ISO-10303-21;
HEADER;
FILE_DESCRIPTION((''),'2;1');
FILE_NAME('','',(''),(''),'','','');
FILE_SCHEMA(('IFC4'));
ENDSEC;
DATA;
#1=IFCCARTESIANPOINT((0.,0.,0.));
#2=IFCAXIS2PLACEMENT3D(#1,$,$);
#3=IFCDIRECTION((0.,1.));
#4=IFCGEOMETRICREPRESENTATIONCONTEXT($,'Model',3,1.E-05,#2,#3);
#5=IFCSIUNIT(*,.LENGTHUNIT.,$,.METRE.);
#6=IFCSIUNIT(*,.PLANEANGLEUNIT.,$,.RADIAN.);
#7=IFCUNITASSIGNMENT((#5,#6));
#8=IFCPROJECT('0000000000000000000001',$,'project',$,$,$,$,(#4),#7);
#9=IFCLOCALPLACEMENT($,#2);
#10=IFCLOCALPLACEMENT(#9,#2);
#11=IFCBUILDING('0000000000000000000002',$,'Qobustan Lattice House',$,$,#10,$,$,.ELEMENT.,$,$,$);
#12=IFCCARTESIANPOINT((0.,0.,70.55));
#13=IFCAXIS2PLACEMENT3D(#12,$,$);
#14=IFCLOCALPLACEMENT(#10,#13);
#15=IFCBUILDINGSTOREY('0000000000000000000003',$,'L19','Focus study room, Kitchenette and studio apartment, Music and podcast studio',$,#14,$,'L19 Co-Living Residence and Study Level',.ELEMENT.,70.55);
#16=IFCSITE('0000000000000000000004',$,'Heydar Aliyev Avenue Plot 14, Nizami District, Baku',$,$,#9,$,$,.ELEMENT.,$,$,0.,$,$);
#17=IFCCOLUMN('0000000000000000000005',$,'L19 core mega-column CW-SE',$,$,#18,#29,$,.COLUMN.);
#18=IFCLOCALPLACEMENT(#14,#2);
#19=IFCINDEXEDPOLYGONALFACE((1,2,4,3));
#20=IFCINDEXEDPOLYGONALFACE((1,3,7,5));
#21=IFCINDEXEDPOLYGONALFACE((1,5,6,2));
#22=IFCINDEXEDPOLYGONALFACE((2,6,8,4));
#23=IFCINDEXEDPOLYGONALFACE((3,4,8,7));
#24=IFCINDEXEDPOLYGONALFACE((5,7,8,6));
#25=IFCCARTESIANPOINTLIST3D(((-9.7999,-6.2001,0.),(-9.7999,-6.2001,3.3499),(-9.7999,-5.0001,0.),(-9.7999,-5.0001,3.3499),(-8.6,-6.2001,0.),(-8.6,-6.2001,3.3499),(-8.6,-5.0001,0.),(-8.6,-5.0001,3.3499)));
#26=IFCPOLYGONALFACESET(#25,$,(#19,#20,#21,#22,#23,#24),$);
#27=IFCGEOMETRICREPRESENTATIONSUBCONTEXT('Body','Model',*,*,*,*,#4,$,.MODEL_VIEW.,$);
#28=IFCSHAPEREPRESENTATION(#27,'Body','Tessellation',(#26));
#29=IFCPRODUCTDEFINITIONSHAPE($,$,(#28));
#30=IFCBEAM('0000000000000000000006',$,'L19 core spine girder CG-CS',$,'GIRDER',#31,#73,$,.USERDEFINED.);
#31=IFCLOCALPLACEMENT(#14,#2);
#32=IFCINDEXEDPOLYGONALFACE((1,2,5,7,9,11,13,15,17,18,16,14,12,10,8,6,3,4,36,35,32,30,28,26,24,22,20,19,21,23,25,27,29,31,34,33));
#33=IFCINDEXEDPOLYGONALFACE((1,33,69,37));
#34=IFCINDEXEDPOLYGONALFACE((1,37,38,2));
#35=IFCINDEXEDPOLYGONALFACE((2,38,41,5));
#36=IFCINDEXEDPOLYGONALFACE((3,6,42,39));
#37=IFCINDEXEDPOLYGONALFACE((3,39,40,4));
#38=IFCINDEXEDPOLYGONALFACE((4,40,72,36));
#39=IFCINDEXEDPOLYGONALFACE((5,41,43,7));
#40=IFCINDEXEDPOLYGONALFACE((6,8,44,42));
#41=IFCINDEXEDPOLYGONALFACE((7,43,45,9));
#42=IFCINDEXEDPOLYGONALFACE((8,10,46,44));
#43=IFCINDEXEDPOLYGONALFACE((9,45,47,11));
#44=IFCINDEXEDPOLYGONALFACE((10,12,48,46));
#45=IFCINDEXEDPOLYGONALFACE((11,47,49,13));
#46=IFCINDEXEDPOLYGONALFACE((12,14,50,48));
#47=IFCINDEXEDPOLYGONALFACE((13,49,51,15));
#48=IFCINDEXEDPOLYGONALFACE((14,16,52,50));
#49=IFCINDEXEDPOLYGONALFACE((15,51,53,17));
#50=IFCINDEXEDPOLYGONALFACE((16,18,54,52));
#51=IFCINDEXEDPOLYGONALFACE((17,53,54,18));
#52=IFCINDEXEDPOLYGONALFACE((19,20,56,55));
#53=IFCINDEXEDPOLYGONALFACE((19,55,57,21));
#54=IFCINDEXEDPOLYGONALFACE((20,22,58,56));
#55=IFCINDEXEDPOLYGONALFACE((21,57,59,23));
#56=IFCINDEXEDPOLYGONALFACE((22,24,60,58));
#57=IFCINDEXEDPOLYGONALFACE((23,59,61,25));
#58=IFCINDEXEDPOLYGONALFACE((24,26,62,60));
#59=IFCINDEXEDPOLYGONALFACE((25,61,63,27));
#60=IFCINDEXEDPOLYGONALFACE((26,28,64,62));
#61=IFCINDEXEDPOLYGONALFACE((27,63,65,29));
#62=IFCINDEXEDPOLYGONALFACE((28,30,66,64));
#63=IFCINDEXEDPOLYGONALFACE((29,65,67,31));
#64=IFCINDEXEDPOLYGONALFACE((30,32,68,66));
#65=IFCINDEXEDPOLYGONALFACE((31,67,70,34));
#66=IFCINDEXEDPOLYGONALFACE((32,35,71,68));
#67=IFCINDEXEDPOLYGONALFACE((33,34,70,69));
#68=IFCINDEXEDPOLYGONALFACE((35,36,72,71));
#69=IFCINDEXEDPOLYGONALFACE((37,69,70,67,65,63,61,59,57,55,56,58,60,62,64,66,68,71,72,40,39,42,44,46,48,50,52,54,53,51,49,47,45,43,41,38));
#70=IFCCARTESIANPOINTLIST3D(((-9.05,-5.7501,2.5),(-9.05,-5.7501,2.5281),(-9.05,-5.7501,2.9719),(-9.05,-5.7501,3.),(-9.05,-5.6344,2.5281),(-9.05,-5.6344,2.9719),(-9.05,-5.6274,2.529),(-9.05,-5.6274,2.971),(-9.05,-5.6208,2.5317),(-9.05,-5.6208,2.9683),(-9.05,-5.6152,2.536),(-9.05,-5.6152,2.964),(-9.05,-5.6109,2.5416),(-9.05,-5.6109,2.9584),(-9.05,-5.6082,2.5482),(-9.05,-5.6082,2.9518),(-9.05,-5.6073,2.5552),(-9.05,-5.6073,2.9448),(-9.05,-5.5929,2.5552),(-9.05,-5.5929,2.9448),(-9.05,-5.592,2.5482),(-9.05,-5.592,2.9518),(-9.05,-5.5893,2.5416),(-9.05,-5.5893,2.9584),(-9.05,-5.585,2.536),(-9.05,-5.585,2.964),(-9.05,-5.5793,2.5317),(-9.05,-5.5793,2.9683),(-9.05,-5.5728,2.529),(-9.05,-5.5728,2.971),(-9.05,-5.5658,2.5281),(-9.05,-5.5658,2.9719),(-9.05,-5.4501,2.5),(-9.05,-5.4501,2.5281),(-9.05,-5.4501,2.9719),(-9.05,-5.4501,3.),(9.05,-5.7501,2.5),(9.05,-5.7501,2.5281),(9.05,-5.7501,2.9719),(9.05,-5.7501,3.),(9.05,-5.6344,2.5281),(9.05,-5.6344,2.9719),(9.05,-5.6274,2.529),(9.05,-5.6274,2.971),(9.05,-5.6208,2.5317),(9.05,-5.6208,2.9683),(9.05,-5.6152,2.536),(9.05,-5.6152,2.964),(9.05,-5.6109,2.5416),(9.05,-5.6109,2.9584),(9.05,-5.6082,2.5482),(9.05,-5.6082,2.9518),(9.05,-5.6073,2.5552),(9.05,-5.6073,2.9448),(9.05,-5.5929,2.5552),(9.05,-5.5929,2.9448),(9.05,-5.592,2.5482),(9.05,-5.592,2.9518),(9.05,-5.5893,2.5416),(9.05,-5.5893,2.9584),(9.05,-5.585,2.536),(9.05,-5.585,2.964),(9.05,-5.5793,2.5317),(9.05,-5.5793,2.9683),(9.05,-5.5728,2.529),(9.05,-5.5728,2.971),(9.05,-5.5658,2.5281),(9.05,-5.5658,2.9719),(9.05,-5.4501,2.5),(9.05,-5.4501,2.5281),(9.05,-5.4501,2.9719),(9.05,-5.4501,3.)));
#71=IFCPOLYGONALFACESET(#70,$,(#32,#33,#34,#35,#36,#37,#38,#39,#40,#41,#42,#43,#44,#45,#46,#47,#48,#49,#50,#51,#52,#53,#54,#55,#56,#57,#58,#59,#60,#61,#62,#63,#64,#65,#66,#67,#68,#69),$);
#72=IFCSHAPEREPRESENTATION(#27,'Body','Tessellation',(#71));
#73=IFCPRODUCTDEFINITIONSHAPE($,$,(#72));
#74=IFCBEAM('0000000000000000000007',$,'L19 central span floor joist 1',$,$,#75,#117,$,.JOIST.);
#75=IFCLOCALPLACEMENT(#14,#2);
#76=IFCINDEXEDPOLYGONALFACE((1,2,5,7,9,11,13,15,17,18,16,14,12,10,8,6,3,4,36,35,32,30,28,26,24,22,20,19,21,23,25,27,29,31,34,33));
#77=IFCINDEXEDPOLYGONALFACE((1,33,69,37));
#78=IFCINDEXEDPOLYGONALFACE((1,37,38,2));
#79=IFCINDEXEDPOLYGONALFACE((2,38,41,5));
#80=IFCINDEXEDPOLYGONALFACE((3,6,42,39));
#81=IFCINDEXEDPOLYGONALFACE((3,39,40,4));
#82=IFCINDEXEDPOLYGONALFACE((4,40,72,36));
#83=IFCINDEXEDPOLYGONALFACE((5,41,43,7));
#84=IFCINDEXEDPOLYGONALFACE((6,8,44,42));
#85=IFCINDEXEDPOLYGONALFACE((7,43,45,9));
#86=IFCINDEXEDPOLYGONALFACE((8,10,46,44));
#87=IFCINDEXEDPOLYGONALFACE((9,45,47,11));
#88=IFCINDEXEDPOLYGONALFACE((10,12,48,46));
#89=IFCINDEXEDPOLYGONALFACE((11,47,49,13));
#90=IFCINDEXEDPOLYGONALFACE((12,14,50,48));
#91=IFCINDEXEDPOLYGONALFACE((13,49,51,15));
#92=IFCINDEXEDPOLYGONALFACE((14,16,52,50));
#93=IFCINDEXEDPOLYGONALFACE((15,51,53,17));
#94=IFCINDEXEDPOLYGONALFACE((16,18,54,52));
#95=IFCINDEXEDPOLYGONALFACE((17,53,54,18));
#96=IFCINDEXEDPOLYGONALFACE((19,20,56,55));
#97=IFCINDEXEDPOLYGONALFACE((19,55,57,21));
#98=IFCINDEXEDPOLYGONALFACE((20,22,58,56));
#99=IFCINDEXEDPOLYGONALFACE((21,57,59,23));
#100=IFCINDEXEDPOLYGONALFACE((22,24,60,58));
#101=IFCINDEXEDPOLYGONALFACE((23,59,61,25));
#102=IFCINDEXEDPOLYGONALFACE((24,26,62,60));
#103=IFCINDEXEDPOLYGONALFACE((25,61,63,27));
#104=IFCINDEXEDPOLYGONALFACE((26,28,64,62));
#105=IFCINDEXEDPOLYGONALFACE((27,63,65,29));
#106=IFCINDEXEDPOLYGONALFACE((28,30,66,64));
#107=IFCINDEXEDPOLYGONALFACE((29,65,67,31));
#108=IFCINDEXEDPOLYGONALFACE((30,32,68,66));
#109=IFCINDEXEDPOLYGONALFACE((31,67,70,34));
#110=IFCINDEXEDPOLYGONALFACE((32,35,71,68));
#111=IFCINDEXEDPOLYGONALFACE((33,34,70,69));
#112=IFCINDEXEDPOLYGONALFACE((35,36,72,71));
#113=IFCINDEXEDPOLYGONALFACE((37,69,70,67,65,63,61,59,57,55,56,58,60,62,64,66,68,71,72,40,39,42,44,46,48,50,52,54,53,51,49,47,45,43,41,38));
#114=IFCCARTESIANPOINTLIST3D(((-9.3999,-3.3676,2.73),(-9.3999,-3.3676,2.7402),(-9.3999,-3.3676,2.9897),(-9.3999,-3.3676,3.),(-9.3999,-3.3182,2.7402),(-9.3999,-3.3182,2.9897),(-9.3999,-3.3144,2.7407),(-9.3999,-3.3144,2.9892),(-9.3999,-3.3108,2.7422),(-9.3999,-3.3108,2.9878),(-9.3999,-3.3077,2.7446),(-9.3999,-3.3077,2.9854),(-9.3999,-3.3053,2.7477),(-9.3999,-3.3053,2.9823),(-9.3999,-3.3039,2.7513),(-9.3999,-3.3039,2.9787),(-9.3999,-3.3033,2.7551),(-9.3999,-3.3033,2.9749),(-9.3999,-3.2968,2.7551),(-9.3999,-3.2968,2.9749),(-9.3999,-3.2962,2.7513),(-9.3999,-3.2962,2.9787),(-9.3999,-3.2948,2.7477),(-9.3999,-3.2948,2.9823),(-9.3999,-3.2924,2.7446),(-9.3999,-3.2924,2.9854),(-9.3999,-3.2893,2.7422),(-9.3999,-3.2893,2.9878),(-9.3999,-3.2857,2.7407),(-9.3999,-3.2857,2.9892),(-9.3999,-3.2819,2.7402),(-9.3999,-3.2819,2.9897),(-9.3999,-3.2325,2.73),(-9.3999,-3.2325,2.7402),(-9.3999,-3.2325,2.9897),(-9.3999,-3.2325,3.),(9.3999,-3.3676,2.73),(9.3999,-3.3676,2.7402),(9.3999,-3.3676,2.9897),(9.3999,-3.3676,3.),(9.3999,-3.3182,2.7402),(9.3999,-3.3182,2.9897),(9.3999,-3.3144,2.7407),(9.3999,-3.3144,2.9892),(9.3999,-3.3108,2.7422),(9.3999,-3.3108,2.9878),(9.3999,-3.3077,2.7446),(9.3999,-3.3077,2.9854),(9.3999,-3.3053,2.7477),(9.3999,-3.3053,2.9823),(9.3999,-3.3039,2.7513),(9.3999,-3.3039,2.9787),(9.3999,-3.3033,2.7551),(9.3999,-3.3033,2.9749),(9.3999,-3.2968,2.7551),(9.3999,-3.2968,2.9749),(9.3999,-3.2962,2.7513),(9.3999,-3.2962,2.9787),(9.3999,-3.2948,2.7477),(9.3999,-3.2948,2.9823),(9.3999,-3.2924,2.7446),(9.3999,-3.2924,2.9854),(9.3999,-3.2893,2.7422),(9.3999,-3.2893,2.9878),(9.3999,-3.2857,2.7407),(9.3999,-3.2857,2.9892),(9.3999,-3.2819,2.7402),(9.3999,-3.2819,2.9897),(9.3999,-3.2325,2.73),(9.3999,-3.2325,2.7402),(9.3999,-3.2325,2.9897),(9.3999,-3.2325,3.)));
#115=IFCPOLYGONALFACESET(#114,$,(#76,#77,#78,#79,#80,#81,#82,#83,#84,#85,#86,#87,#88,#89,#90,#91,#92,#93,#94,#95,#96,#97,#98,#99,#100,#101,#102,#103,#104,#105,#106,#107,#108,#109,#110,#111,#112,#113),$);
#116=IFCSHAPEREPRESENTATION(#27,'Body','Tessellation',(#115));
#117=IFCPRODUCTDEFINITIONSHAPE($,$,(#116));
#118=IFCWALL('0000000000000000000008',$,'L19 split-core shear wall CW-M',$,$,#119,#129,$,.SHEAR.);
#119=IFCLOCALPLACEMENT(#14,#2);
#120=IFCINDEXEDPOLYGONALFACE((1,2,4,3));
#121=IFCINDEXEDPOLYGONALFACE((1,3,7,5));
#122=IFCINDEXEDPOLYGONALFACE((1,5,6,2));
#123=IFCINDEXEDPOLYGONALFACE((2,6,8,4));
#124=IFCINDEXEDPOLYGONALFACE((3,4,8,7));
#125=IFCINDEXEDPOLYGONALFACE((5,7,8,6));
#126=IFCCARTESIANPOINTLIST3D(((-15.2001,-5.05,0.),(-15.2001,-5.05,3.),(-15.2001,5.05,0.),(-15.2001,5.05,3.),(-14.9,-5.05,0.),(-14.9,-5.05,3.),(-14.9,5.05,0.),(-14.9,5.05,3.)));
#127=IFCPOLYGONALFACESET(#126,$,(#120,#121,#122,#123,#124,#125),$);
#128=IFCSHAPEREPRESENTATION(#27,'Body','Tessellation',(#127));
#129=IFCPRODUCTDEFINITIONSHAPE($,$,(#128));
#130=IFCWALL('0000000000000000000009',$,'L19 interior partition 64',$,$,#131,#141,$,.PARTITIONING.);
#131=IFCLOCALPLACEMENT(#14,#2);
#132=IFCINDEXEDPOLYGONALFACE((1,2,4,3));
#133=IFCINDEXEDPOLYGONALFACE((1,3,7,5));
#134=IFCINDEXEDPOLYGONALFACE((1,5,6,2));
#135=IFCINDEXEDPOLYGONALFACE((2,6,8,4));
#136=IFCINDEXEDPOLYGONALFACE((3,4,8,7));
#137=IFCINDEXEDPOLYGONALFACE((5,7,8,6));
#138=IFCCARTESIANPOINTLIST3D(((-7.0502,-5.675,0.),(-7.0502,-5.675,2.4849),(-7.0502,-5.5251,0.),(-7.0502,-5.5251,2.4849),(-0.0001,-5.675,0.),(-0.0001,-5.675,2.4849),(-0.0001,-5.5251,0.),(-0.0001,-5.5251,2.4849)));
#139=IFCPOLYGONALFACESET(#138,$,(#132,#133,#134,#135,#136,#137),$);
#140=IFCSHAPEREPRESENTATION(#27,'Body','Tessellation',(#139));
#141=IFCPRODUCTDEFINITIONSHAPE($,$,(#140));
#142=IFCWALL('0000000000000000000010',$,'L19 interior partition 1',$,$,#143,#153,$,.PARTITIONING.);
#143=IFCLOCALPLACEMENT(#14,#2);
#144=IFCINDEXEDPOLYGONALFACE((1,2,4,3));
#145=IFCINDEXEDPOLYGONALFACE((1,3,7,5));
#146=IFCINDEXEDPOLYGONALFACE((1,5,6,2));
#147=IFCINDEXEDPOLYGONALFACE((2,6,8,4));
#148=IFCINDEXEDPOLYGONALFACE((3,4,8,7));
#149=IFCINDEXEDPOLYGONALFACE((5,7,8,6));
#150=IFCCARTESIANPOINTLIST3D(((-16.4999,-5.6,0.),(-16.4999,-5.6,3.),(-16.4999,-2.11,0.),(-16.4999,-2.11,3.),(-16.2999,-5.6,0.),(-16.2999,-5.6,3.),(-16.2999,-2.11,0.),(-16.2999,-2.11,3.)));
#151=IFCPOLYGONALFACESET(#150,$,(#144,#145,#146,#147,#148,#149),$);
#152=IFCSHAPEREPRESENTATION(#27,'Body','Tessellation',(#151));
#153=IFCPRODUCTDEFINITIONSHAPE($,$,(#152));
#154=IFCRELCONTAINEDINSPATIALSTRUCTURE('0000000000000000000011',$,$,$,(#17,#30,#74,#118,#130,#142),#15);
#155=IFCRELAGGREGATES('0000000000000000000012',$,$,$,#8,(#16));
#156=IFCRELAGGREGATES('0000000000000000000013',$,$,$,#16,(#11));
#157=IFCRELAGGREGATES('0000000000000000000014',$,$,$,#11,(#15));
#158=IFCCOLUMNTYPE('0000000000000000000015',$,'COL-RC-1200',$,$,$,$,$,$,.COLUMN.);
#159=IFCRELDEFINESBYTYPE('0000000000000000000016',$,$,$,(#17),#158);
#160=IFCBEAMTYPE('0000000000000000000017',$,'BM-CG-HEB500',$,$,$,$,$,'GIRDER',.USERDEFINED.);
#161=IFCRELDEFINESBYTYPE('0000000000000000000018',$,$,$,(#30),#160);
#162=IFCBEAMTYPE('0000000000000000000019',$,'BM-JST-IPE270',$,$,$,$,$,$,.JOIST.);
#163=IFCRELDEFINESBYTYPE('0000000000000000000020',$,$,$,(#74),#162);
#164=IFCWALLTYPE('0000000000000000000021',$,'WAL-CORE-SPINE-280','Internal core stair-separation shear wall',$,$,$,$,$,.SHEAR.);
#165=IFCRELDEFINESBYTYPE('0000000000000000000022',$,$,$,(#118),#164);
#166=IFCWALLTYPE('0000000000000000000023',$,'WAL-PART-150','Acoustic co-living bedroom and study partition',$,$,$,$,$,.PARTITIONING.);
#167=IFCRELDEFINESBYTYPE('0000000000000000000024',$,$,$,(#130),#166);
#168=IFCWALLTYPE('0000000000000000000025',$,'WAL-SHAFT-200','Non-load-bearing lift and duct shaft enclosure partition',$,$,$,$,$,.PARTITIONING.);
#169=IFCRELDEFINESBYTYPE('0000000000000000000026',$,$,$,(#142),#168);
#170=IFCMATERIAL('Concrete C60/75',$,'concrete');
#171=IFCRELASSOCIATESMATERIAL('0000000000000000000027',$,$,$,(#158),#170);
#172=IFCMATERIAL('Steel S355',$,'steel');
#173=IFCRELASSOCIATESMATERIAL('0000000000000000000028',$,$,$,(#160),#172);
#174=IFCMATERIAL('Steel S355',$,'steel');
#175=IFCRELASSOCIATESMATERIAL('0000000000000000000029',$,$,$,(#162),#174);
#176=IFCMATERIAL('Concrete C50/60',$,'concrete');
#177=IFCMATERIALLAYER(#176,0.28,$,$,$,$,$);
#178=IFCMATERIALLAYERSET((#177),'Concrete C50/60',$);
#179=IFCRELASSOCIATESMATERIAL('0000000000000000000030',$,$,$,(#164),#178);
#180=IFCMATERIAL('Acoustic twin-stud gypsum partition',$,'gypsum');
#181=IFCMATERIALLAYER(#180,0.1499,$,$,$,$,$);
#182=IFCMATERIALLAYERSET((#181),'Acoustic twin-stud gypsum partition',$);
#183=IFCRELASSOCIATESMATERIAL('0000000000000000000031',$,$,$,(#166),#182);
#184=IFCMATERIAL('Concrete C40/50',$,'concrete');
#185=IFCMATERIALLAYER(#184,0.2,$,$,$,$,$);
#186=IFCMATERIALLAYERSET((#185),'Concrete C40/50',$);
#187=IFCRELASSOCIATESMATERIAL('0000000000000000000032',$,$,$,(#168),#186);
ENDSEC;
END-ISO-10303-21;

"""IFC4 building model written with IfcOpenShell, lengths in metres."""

from ifc_helpers import new_model, si_unit, direction, frame, frame_2d, origin, origin_2d, place, context, subcontext, project, spatial, rectangle, i_section, extrude, material, layer, layer_set, material_profile, profile_set, type_object, element, save


model = new_model("IFC4")

# Units and contexts
model_context = context("Model", 3, precision=1e-05, world=origin(), true_north=direction((0.0, 1.0)))
body_context = subcontext(model_context, "Body", "Model", "MODEL_VIEW")
ifc_project = project(units=[si_unit("LENGTHUNIT", "METRE"), si_unit("PLANEANGLEUNIT", "RADIAN")], contexts=[model_context])

# Site, building, storey
site_placement = place(None, origin())
site = spatial("IfcSite", under=ifc_project, at=site_placement, Name="Heydar Aliyev Avenue Plot 14, Nizami District, Baku", CompositionType="ELEMENT", RefElevation=0.0)
building_placement = place(site_placement, origin())
building = spatial("IfcBuilding", under=site, at=building_placement, Name="Qobustan Lattice House", CompositionType="ELEMENT")
storey_placement = place(building_placement, frame((0.0, 0.0, 70.55)))
storey = spatial("IfcBuildingStorey", under=building, at=storey_placement, Name="L19", Description="Focus study room, Kitchenette and studio apartment, Music and podcast studio", LongName="L19 Co-Living Residence and Study Level", CompositionType="ELEMENT", Elevation=70.55)

# Column
ifc_material_1 = material(Name="Concrete C60/75", Category="concrete")
ifc_material_profile_1 = material_profile(ifc_material_1, rectangle(XDim=1.2, YDim=1.2, at=origin_2d()), Name="RC1200x1200")
ifc_profile_set_1 = profile_set([ifc_material_profile_1], Name="Concrete C60/75")
column_type = type_object("IfcColumnType", Name="COL-RC-1200", PredefinedType="COLUMN", material=ifc_profile_set_1)
column_placement = place(storey_placement, frame((-9.2, -5.6001, 0.0), z_axis=(0.0, 0.0, 1.0), x_axis=(1.0, 0.0, 0.0)))
element("IfcColumn", 1, at=column_placement, inside=storey, type_object=column_type, Name="L19 core mega-column CW-SE", PredefinedType="COLUMN", context=body_context, shape_type="SweptSolid", body=[
    extrude(rectangle(XDim=1.2, YDim=1.2, at=origin_2d()), origin(), (0.0, 0.0, 1.0), 3.3499),
])

# Beams
ifc_material_2 = material(Name="Steel S355", Category="steel")
ifc_material_profile_2 = material_profile(ifc_material_2, i_section(OverallWidth=0.3, OverallDepth=0.5, WebThickness=0.0144, FlangeThickness=0.0281, FilletRadius=0.0271, at=origin_2d()), Name="HEB500")
ifc_profile_set_2 = profile_set([ifc_material_profile_2], Name="Steel S355")
beam_type_1 = type_object("IfcBeamType", Name="BM-CG-HEB500", ElementType="GIRDER", PredefinedType="USERDEFINED", material=ifc_profile_set_2)
beam_1_placement = place(storey_placement, frame((-9.05, -5.6001, 2.75), z_axis=(1.0, 0.0, 0.0), x_axis=(0.0, 1.0, 0.0)))
element("IfcBeam", 2, at=beam_1_placement, inside=storey, type_object=beam_type_1, Name="L19 core spine girder CG-CS", ObjectType="GIRDER", PredefinedType="USERDEFINED", context=body_context, shape_type="SweptSolid", body=[
    extrude(i_section(OverallWidth=0.3, OverallDepth=0.5, WebThickness=0.0144, FlangeThickness=0.0281, FilletRadius=0.0271, at=origin_2d()), origin(), (0.0, 0.0, 1.0), 18.1001),
])
ifc_material_3 = material(Name="Steel S355", Category="steel")
ifc_material_profile_3 = material_profile(ifc_material_3, i_section(OverallWidth=0.135, OverallDepth=0.27, WebThickness=0.0066, FlangeThickness=0.0103, FilletRadius=0.0149, at=origin_2d()), Name="IPE270")
ifc_profile_set_3 = profile_set([ifc_material_profile_3], Name="Steel S355")
beam_type_2 = type_object("IfcBeamType", Name="BM-JST-IPE270", PredefinedType="JOIST", material=ifc_profile_set_3)
beam_2_placement = place(storey_placement, frame((-9.3999, -3.3, 2.865), z_axis=(1.0, 0.0, 0.0), x_axis=(0.0, 1.0, 0.0)))
element("IfcBeam", 3, at=beam_2_placement, inside=storey, type_object=beam_type_2, Name="L19 central span floor joist 1", PredefinedType="JOIST", context=body_context, shape_type="SweptSolid", body=[
    extrude(i_section(OverallWidth=0.135, OverallDepth=0.27, WebThickness=0.0066, FlangeThickness=0.0103, FilletRadius=0.0149, at=origin_2d()), origin(), (0.0, 0.0, 1.0), 18.7998),
])

# Wall
ifc_material_4 = material(Name="Concrete C50/60", Category="concrete")
ifc_layer_1 = layer(ifc_material_4, 0.28)
ifc_layer_set_1 = layer_set([ifc_layer_1], Name="Concrete C50/60")
wall_type_1 = type_object("IfcWallType", Name="WAL-CORE-SPINE-280", Description="Internal core stair-separation shear wall", PredefinedType="SHEAR", material=ifc_layer_set_1)
wall_1_placement = place(storey_placement, frame((-15.05, -5.05, 0.0), z_axis=(0.0, 0.0, 1.0), x_axis=(0.0, 1.0, 0.0)))
element("IfcWall", 4, at=wall_1_placement, inside=storey, type_object=wall_type_1, Name="L19 split-core shear wall CW-M", PredefinedType="SHEAR", context=body_context, shape_type="SweptSolid", body=[
    extrude(rectangle(XDim=10.1001, YDim=0.3, at=frame_2d((5.05, 0.0))), origin(), (0.0, 0.0, 1.0), 3.0),
])

# Walls
ifc_material_5 = material(Name="Acoustic twin-stud gypsum partition", Category="gypsum")
ifc_layer_2 = layer(ifc_material_5, 0.1499)
ifc_layer_set_2 = layer_set([ifc_layer_2], Name="Acoustic twin-stud gypsum partition")
wall_type_2 = type_object("IfcWallType", Name="WAL-PART-150", Description="Acoustic co-living bedroom and study partition", PredefinedType="PARTITIONING", material=ifc_layer_set_2)
wall_2_placement = place(storey_placement, frame((-7.05, -5.6001, 0.0), z_axis=(0.0, 0.0, 1.0), x_axis=(1.0, 0.0, 0.0)))
element("IfcWall", 5, at=wall_2_placement, inside=storey, type_object=wall_type_2, Name="L19 interior partition 64", PredefinedType="PARTITIONING", context=body_context, shape_type="SweptSolid", body=[
    extrude(rectangle(XDim=7.05, YDim=0.1499, at=frame_2d((3.5249, 0.0))), origin(), (0.0, 0.0, 1.0), 2.4849),
])
ifc_material_6 = material(Name="Concrete C40/50", Category="concrete")
ifc_layer_3 = layer(ifc_material_6, 0.2)
ifc_layer_set_3 = layer_set([ifc_layer_3], Name="Concrete C40/50")
wall_type_3 = type_object("IfcWallType", Name="WAL-SHAFT-200", Description="Non-load-bearing lift and duct shaft enclosure partition", PredefinedType="PARTITIONING", material=ifc_layer_set_3)
wall_3_placement = place(storey_placement, frame((-16.3999, -5.6001, 0.0), z_axis=(0.0, 0.0, 1.0), x_axis=(0.0, 1.0, 0.0)))
element("IfcWall", 6, at=wall_3_placement, inside=storey, type_object=wall_type_3, Name="L19 interior partition 1", PredefinedType="PARTITIONING", context=body_context, shape_type="SweptSolid", body=[
    extrude(rectangle(XDim=3.49, YDim=0.2, at=frame_2d((1.7451, 0.0))), origin(), (0.0, 0.0, 1.0), 3.0),
])

save(model, "model.ifc")
